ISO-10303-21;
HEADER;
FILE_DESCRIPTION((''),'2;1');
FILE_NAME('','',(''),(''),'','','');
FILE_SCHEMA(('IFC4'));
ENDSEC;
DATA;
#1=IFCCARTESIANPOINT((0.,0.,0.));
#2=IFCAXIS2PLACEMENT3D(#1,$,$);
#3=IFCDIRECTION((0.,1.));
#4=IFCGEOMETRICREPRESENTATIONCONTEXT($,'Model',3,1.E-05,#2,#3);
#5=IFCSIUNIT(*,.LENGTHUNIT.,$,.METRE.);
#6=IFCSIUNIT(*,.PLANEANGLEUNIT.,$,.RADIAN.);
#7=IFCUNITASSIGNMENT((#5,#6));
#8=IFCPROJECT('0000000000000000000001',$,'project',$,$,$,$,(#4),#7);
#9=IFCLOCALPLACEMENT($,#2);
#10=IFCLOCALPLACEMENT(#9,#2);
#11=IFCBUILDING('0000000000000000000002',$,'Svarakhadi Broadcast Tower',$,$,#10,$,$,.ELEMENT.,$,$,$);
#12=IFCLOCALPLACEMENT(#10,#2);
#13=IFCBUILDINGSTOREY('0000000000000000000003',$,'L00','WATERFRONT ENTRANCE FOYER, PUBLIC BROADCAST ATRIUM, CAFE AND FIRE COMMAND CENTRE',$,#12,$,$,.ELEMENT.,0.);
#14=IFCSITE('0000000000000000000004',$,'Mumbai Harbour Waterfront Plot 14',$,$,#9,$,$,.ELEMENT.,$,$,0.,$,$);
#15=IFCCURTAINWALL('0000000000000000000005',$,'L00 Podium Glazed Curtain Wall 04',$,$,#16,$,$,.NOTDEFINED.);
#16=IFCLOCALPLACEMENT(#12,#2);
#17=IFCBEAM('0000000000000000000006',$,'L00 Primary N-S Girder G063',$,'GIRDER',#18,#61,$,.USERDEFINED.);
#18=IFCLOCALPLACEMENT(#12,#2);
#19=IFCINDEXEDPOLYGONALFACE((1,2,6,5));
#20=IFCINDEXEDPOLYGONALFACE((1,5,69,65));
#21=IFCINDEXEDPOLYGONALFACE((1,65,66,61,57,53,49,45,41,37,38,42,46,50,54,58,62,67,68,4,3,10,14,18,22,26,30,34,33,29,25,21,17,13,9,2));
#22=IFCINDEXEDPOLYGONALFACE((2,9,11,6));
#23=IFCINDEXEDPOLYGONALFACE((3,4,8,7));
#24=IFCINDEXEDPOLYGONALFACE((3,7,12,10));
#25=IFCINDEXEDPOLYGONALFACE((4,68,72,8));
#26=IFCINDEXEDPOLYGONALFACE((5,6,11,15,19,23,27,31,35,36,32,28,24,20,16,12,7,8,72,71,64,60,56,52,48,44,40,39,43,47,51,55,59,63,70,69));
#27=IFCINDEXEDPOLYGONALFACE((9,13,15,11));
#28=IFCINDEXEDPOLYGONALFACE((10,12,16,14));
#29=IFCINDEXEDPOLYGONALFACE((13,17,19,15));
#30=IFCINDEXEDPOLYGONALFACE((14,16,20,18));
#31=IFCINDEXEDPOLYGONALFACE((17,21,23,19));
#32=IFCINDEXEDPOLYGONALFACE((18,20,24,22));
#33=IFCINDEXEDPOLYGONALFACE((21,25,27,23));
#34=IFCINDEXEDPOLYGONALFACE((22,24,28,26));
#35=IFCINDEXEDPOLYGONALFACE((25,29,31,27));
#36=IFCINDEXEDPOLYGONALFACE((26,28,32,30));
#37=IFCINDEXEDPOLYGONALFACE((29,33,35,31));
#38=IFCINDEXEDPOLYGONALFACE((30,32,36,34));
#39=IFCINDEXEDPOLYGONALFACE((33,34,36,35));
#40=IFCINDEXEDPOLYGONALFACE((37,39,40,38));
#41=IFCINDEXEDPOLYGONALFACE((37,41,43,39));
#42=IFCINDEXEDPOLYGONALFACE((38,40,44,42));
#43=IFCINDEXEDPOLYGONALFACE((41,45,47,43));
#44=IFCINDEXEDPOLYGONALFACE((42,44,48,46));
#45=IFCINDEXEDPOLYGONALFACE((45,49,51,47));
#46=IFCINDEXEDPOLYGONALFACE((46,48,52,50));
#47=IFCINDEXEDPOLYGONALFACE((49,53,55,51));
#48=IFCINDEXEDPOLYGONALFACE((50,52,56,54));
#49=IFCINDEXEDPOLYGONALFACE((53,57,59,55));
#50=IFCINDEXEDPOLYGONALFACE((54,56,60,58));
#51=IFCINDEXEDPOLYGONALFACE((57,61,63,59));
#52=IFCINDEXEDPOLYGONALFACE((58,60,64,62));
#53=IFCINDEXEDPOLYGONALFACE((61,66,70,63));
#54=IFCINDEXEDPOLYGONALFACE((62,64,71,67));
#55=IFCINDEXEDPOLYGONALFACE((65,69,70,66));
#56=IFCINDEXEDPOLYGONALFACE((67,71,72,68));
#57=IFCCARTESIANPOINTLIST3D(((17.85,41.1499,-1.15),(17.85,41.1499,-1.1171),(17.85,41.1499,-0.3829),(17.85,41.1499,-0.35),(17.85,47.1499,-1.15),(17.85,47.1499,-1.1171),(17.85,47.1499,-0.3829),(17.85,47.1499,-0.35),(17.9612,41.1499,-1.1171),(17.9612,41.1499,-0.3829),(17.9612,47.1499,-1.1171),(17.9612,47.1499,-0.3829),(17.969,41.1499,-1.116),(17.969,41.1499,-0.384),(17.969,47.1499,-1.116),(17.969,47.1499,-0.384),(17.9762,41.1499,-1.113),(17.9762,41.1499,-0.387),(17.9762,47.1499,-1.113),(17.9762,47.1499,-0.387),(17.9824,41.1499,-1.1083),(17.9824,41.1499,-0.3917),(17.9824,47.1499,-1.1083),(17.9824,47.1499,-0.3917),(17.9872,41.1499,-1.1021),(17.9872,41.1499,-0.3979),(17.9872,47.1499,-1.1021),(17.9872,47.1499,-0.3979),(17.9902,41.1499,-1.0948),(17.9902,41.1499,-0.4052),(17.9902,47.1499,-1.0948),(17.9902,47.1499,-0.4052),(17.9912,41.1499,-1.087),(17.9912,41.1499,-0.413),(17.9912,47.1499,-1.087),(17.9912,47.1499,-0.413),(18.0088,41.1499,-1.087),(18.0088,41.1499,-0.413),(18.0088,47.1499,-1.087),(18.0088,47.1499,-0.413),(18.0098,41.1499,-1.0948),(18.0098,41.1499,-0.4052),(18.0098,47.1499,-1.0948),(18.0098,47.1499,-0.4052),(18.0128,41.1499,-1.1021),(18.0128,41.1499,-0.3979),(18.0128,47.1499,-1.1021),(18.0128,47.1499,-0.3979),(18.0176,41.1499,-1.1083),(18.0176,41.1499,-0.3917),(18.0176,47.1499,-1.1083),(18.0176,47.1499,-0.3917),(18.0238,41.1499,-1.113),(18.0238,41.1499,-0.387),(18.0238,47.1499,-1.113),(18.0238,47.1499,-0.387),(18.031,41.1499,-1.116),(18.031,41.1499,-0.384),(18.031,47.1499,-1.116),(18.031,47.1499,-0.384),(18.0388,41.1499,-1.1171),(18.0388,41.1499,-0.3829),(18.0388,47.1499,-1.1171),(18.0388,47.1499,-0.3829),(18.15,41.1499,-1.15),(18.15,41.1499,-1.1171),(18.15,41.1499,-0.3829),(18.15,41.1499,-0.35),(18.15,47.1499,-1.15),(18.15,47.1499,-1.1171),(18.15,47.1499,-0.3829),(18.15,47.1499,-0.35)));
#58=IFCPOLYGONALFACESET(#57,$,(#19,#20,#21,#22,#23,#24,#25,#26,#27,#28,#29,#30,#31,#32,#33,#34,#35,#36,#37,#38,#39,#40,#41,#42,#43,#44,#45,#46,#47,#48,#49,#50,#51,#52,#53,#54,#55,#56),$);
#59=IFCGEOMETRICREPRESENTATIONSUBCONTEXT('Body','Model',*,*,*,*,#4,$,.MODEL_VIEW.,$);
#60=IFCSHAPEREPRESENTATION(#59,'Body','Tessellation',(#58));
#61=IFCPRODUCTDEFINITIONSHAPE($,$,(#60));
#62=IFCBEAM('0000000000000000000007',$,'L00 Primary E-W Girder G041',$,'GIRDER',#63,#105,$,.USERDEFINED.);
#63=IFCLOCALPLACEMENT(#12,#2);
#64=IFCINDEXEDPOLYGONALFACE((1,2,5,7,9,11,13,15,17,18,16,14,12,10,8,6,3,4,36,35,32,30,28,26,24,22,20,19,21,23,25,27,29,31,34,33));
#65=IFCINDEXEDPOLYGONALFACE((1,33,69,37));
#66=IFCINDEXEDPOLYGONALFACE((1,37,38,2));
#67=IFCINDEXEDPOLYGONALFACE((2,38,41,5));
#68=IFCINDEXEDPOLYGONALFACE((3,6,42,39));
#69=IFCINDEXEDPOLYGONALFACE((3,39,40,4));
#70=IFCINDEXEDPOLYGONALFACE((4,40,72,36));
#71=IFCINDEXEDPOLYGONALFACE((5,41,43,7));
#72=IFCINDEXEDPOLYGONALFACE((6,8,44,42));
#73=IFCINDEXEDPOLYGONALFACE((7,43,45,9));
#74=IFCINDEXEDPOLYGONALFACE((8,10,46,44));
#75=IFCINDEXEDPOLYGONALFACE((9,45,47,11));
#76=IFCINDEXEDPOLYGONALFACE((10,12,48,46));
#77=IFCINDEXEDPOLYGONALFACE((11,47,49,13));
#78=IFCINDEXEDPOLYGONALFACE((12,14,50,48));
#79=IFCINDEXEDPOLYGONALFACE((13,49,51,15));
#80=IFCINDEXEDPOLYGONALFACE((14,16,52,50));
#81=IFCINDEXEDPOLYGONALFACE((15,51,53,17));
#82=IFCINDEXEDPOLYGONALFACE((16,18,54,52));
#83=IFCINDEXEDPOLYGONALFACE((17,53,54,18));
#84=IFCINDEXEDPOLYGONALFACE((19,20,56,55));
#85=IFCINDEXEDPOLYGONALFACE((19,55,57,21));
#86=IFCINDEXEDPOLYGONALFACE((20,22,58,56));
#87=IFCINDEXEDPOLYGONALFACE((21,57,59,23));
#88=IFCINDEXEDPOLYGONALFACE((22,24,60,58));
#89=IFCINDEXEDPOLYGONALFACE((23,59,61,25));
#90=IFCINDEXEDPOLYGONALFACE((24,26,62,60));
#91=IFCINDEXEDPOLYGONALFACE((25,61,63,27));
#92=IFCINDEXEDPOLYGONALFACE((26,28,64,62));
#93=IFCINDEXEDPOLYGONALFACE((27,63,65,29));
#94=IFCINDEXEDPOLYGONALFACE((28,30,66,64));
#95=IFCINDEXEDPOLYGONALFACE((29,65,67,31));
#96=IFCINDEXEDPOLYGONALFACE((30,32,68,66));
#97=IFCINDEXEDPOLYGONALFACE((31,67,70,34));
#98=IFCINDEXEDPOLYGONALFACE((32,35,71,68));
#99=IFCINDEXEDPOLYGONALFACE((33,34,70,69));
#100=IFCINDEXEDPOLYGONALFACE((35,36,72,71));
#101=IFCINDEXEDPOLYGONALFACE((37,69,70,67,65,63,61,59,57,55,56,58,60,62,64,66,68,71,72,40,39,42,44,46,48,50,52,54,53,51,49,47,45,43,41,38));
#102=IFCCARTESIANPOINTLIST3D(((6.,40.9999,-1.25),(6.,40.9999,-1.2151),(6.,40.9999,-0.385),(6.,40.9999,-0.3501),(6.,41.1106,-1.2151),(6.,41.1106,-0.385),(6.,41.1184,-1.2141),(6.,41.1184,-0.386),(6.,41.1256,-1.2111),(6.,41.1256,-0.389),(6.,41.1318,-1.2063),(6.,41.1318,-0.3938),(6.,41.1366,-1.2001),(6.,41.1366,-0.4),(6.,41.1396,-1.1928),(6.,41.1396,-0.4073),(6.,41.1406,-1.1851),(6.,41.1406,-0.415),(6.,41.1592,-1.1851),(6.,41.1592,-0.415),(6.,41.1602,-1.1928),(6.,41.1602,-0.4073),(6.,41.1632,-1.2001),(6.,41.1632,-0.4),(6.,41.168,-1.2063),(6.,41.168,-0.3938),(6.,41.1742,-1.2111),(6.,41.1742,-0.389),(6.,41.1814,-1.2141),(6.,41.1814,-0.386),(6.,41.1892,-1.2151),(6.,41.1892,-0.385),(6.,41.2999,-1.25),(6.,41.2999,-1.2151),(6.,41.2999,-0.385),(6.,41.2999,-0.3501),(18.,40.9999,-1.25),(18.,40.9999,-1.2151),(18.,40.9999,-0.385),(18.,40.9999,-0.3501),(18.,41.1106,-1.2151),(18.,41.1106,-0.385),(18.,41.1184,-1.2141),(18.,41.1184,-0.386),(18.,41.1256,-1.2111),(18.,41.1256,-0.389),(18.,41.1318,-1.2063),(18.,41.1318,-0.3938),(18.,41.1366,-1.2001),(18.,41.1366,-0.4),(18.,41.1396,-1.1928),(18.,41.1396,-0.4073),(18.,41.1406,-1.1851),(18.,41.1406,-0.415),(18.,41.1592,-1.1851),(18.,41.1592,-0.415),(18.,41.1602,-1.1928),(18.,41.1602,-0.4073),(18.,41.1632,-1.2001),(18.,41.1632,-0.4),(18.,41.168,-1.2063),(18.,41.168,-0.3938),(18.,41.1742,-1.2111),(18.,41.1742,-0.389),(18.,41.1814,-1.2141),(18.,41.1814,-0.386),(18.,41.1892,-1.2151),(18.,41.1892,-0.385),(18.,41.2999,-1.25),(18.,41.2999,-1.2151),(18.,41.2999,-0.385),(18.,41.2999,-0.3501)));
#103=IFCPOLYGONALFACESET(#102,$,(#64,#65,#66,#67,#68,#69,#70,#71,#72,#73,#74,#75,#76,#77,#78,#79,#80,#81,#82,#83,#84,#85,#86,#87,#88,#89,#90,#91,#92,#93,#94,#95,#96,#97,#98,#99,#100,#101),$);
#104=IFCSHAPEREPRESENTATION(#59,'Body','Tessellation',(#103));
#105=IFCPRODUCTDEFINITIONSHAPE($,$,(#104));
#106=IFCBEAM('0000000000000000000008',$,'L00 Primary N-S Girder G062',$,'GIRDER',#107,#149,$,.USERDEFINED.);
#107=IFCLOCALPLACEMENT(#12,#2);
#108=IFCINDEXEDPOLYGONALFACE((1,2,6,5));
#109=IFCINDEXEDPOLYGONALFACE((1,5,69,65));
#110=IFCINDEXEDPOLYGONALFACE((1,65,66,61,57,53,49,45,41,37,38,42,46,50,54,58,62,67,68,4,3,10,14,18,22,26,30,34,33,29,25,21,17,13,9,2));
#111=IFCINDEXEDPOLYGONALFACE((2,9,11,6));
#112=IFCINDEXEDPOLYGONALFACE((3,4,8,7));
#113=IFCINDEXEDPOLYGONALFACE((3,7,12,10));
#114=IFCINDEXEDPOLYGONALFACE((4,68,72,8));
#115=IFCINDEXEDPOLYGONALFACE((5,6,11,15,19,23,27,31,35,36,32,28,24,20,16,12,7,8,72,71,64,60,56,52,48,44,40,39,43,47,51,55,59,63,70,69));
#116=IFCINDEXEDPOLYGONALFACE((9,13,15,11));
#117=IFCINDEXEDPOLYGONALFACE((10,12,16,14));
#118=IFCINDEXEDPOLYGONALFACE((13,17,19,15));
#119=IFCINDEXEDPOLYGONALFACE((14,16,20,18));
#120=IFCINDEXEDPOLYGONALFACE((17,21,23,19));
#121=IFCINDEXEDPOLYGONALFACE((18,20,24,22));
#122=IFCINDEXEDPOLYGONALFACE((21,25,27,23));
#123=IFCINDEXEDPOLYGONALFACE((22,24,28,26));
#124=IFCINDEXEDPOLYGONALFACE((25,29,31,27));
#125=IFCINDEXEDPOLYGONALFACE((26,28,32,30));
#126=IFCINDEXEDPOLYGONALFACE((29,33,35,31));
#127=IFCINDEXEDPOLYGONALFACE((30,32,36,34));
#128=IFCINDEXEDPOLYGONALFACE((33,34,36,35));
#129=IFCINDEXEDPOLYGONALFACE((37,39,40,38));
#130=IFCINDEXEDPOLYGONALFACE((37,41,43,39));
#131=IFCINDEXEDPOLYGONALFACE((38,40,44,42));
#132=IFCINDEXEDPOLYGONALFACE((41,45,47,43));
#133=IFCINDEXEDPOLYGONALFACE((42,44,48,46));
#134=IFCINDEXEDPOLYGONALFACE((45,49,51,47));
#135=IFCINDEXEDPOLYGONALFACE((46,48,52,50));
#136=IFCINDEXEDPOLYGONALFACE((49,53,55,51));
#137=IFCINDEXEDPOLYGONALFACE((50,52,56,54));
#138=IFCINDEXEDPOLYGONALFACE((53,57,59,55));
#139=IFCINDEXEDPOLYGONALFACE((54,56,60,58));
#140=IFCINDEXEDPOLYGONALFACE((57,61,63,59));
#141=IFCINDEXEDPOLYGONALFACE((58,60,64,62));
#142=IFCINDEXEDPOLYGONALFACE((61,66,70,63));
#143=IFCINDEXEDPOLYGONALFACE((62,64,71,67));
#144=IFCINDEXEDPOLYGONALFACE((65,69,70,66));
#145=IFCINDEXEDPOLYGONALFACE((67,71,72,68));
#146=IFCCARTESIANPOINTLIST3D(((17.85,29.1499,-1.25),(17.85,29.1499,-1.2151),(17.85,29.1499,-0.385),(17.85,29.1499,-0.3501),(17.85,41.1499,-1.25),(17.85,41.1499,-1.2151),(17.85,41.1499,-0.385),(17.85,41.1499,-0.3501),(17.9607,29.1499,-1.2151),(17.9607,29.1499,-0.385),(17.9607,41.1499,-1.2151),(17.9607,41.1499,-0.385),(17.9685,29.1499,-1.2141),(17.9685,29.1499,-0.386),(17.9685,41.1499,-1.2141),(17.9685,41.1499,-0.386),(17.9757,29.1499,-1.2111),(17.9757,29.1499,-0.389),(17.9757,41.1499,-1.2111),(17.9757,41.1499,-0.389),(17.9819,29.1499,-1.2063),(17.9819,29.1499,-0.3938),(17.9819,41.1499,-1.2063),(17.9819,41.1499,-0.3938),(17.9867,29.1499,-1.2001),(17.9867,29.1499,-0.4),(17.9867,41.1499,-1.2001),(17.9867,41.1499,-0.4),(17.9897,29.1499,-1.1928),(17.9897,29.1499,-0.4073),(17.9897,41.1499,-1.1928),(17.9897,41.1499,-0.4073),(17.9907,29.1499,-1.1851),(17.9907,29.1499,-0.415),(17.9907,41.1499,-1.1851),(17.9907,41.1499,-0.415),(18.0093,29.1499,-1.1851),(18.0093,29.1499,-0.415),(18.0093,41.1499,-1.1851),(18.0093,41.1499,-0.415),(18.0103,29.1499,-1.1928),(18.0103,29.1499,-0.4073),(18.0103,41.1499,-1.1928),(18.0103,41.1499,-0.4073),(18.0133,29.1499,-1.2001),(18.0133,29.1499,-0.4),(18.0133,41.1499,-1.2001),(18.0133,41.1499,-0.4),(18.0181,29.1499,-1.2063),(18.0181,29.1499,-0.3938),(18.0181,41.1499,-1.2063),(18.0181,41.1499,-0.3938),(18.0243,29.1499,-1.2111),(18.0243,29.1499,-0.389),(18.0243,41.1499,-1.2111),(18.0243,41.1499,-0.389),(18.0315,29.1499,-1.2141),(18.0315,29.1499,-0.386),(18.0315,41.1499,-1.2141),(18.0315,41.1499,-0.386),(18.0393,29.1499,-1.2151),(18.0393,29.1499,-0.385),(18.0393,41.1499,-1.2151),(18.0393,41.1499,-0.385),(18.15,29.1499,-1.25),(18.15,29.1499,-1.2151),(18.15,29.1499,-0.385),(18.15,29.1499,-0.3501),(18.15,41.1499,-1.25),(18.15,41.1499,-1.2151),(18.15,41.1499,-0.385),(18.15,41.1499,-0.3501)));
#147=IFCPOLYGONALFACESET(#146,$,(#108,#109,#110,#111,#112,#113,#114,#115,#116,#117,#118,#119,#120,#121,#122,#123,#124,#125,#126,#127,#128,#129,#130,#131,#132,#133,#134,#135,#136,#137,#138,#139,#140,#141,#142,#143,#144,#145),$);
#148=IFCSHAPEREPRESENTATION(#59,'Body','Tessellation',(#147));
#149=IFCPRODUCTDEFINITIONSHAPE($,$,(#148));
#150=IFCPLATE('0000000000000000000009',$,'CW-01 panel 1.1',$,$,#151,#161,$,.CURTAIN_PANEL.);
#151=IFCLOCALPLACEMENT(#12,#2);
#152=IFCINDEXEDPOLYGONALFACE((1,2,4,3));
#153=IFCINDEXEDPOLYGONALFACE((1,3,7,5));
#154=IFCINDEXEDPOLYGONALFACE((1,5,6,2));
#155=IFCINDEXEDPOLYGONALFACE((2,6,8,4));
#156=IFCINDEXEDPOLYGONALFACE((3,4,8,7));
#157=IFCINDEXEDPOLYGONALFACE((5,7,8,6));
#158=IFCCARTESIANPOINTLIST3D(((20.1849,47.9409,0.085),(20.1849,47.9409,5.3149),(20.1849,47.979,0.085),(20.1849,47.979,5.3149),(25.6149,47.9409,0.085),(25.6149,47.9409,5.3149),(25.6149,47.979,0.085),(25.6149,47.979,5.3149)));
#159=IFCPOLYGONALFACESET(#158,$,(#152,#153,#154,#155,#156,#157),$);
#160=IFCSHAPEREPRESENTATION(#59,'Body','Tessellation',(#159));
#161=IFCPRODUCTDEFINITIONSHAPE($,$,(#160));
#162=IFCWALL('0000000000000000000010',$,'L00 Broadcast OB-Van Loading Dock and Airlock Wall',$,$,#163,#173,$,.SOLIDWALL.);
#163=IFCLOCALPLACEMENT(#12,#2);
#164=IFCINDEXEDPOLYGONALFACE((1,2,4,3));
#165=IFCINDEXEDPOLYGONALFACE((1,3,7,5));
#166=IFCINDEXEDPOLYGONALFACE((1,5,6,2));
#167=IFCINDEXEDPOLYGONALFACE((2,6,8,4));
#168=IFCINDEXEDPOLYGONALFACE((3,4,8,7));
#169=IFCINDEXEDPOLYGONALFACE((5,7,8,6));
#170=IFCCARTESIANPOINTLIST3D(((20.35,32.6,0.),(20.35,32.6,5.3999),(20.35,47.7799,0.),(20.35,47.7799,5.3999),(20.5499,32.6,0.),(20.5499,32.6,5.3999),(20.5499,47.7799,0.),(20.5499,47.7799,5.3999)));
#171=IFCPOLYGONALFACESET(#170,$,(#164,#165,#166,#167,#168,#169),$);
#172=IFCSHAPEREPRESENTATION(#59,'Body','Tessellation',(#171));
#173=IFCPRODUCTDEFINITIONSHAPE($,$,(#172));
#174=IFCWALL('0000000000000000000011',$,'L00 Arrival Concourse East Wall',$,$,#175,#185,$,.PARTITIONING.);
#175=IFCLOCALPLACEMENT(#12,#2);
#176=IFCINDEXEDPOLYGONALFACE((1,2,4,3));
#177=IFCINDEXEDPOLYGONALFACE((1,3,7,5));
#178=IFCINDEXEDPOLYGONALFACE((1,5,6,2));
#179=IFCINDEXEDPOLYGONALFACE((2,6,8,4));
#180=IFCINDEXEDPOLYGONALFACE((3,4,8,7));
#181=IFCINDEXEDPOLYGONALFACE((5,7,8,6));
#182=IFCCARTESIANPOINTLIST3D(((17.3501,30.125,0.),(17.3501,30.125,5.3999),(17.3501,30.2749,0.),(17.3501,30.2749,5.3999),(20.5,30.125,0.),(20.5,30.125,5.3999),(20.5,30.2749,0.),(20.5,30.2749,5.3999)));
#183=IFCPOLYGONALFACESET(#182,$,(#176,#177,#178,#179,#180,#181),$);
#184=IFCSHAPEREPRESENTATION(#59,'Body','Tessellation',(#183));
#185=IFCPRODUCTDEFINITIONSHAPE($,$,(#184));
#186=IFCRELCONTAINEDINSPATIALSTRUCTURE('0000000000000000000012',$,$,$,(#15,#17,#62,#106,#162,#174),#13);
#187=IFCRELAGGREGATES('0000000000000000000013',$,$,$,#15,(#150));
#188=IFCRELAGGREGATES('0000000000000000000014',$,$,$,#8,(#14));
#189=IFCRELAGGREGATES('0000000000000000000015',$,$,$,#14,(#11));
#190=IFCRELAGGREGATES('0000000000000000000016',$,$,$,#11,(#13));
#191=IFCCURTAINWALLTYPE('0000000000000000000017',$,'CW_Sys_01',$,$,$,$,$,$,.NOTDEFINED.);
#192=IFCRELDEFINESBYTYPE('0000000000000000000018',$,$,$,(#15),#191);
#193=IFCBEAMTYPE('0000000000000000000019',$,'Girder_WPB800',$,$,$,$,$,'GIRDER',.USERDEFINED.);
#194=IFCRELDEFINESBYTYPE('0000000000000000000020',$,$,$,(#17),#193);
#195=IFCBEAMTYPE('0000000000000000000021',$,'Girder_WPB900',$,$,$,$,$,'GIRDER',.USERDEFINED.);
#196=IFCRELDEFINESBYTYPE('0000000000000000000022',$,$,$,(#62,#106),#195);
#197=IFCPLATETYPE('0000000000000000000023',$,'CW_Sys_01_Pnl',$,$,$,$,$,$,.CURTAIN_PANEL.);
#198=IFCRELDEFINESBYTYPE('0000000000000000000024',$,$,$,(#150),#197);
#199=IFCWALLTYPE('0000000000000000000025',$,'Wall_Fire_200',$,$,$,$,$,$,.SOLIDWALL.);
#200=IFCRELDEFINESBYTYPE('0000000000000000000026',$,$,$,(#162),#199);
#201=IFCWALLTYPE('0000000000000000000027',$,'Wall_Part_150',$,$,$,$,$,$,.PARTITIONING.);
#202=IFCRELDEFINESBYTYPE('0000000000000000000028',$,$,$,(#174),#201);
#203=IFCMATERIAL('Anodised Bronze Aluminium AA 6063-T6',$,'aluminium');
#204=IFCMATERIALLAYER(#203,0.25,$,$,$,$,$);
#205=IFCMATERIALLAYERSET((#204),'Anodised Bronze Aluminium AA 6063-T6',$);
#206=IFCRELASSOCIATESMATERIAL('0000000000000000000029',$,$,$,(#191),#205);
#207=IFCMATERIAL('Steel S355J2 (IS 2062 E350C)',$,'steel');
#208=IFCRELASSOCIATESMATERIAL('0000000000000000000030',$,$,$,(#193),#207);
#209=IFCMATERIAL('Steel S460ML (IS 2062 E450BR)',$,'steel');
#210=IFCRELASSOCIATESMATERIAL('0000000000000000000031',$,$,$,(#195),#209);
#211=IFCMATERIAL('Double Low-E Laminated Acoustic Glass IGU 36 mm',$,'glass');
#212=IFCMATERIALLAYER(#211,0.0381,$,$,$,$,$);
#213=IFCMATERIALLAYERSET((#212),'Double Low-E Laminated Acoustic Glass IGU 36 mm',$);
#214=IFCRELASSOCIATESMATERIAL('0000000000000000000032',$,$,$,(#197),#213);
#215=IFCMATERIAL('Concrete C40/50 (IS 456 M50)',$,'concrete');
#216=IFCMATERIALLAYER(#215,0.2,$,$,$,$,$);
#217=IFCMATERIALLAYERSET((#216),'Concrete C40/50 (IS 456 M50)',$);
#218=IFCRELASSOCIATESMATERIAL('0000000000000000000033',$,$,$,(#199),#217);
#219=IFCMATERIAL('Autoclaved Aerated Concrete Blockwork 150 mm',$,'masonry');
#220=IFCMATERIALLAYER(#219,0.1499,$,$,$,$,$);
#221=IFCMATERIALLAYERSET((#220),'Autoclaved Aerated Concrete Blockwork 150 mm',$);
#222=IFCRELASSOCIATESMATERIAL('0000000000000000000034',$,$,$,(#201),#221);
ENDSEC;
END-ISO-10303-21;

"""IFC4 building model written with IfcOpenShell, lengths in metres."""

from ifc_helpers import new_model, si_unit, direction, frame, frame_2d, origin, origin_2d, place, context, subcontext, project, spatial, rectangle, i_section, extrude, material, layer, layer_set, material_profile, profile_set, type_object, element, aggregate, save


model = new_model("IFC4")

# Units and contexts
model_context = context("Model", 3, precision=1e-05, world=origin(), true_north=direction((0.0, 1.0)))
body_context = subcontext(model_context, "Body", "Model", "MODEL_VIEW")
ifc_project = project(units=[si_unit("LENGTHUNIT", "METRE"), si_unit("PLANEANGLEUNIT", "RADIAN")], contexts=[model_context])

# Site, building, storey
site_placement = place(None, origin())
site = spatial("IfcSite", under=ifc_project, at=site_placement, Name="Mumbai Harbour Waterfront Plot 14", CompositionType="ELEMENT", RefElevation=0.0)
building_placement = place(site_placement, origin())
building = spatial("IfcBuilding", under=site, at=building_placement, Name="Svarakhadi Broadcast Tower", CompositionType="ELEMENT")
storey_placement = place(building_placement, origin())
storey = spatial("IfcBuildingStorey", under=building, at=storey_placement, Name="L00", Description="WATERFRONT ENTRANCE FOYER, PUBLIC BROADCAST ATRIUM, CAFE AND FIRE COMMAND CENTRE", CompositionType="ELEMENT", Elevation=0.0)

# Shared definitions
ifc_material_1 = material(Name="Steel S460ML (IS 2062 E450BR)", Category="steel")

# Shared definitions
ifc_material_2 = material(Name="Steel S355J2 (IS 2062 E350C)", Category="steel")

# Curtain wall
ifc_material_3 = material(Name="Anodised Bronze Aluminium AA 6063-T6", Category="aluminium")
ifc_layer_1 = layer(ifc_material_3, 0.25)
ifc_layer_set_1 = layer_set([ifc_layer_1], Name="Anodised Bronze Aluminium AA 6063-T6")
curtain_wall_type = type_object("IfcCurtainWallType", Name="CW_Sys_01", PredefinedType="NOTDEFINED", material=ifc_layer_set_1)
curtain_wall_placement = place(storey_placement, origin())
curtain_wall = element("IfcCurtainWall", 1, at=curtain_wall_placement, inside=storey, type_object=curtain_wall_type, Name="L00 Podium Glazed Curtain Wall 04", PredefinedType="NOTDEFINED")

# Beams
ifc_material_profile_1 = material_profile(ifc_material_2, i_section(OverallWidth=0.3, OverallDepth=0.8, WebThickness=0.0176, FlangeThickness=0.033, FilletRadius=0.03, at=origin_2d()), Name="WPB 800x300x262")
ifc_profile_set_1 = profile_set([ifc_material_profile_1], Name="Steel S355J2 (IS 2062 E350C)")
beam_type_1 = type_object("IfcBeamType", Name="Girder_WPB800", ElementType="GIRDER", PredefinedType="USERDEFINED", material=ifc_profile_set_1)
for number, where, z_axis, x_axis, name in (
    (2, (18.0, 41.1499, -0.75), (0.0, 1.0, 0.0), (-1.0, 0.0, 0.0), "L00 Primary N-S Girder G063"),
):
    element("IfcBeam", number, at=place(storey_placement, frame(where, z_axis=z_axis, x_axis=x_axis)), inside=storey, type_object=beam_type_1, Name=name, ObjectType="GIRDER", PredefinedType="USERDEFINED", context=body_context, shape_type="SweptSolid", body=[
        extrude(i_section(OverallWidth=0.3, OverallDepth=0.8, WebThickness=0.0176, FlangeThickness=0.033, FilletRadius=0.03, at=origin_2d()), origin(), (0.0, 0.0, 1.0), 6.0),
    ])
ifc_material_profile_2 = material_profile(ifc_material_1, i_section(OverallWidth=0.3, OverallDepth=0.8999, WebThickness=0.0186, FlangeThickness=0.0349, FilletRadius=0.03, at=origin_2d()), Name="WPB 900x300x291")
ifc_profile_set_2 = profile_set([ifc_material_profile_2], Name="Steel S460ML (IS 2062 E450BR)")
beam_type_2 = type_object("IfcBeamType", Name="Girder_WPB900", ElementType="GIRDER", PredefinedType="USERDEFINED", material=ifc_profile_set_2)
for number, where, z_axis, x_axis, name in (
    (3, (6.0, 41.1499, -0.8), (1.0, 0.0, 0.0), (0.0, 1.0, 0.0), "L00 Primary E-W Girder G041"),
    (4, (18.0, 29.1499, -0.8), (0.0, 1.0, 0.0), (-1.0, 0.0, 0.0), "L00 Primary N-S Girder G062"),
):
    element("IfcBeam", number, at=place(storey_placement, frame(where, z_axis=z_axis, x_axis=x_axis)), inside=storey, type_object=beam_type_2, Name=name, ObjectType="GIRDER", PredefinedType="USERDEFINED", context=body_context, shape_type="SweptSolid", body=[
        extrude(i_section(OverallWidth=0.3, OverallDepth=0.8999, WebThickness=0.0186, FlangeThickness=0.0349, FilletRadius=0.03, at=origin_2d()), origin(), (0.0, 0.0, 1.0), 12.0),
    ])

# Plate
ifc_material_4 = material(Name="Double Low-E Laminated Acoustic Glass IGU 36 mm", Category="glass")
ifc_layer_2 = layer(ifc_material_4, 0.0381)
ifc_layer_set_2 = layer_set([ifc_layer_2], Name="Double Low-E Laminated Acoustic Glass IGU 36 mm")
plate_type = type_object("IfcPlateType", Name="CW_Sys_01_Pnl", PredefinedType="CURTAIN_PANEL", material=ifc_layer_set_2)
plate_placement = place(storey_placement, frame((22.8999, 47.96, 0.085), z_axis=(0.0, 0.0, 1.0), x_axis=(1.0, 0.0, 0.0)))
plate = element("IfcPlate", 5, at=plate_placement, type_object=plate_type, Name="CW-01 panel 1.1", PredefinedType="CURTAIN_PANEL", context=body_context, shape_type="SweptSolid", body=[
    extrude(rectangle(XDim=5.4299, YDim=0.0381, at=origin_2d()), origin(), (0.0, 0.0, 1.0), 5.23),
])
aggregate(curtain_wall, [plate])

# Walls
ifc_material_5 = material(Name="Concrete C40/50 (IS 456 M50)", Category="concrete")
ifc_layer_3 = layer(ifc_material_5, 0.2)
ifc_layer_set_3 = layer_set([ifc_layer_3], Name="Concrete C40/50 (IS 456 M50)")
wall_type_1 = type_object("IfcWallType", Name="Wall_Fire_200", PredefinedType="SOLIDWALL", material=ifc_layer_set_3)
wall_1_placement = place(storey_placement, frame((20.45, 32.6001, 0.0), z_axis=(0.0, 0.0, 1.0), x_axis=(0.0, 1.0, 0.0)))
element("IfcWall", 6, at=wall_1_placement, inside=storey, type_object=wall_type_1, Name="L00 Broadcast OB-Van Loading Dock and Airlock Wall", PredefinedType="SOLIDWALL", context=body_context, shape_type="SweptSolid", body=[
    extrude(rectangle(XDim=15.1799, YDim=0.2, at=frame_2d((7.5898, 0.0))), origin(), (0.0, 0.0, 1.0), 5.3999),
])
ifc_material_6 = material(Name="Autoclaved Aerated Concrete Blockwork 150 mm", Category="masonry")
ifc_layer_4 = layer(ifc_material_6, 0.1499)
ifc_layer_set_4 = layer_set([ifc_layer_4], Name="Autoclaved Aerated Concrete Blockwork 150 mm")
wall_type_2 = type_object("IfcWallType", Name="Wall_Part_150", PredefinedType="PARTITIONING", material=ifc_layer_set_4)
wall_2_placement = place(storey_placement, frame((20.5, 30.2, 0.0), z_axis=(0.0, 0.0, 1.0), x_axis=(-1.0, 0.0, 0.0)))
element("IfcWall", 7, at=wall_2_placement, inside=storey, type_object=wall_type_2, Name="L00 Arrival Concourse East Wall", PredefinedType="PARTITIONING", context=body_context, shape_type="SweptSolid", body=[
    extrude(rectangle(XDim=3.1499, YDim=0.1499, at=frame_2d((1.575, 0.0))), origin(), (0.0, 0.0, 1.0), 5.3999),
])

save(model, "model.ifc")
